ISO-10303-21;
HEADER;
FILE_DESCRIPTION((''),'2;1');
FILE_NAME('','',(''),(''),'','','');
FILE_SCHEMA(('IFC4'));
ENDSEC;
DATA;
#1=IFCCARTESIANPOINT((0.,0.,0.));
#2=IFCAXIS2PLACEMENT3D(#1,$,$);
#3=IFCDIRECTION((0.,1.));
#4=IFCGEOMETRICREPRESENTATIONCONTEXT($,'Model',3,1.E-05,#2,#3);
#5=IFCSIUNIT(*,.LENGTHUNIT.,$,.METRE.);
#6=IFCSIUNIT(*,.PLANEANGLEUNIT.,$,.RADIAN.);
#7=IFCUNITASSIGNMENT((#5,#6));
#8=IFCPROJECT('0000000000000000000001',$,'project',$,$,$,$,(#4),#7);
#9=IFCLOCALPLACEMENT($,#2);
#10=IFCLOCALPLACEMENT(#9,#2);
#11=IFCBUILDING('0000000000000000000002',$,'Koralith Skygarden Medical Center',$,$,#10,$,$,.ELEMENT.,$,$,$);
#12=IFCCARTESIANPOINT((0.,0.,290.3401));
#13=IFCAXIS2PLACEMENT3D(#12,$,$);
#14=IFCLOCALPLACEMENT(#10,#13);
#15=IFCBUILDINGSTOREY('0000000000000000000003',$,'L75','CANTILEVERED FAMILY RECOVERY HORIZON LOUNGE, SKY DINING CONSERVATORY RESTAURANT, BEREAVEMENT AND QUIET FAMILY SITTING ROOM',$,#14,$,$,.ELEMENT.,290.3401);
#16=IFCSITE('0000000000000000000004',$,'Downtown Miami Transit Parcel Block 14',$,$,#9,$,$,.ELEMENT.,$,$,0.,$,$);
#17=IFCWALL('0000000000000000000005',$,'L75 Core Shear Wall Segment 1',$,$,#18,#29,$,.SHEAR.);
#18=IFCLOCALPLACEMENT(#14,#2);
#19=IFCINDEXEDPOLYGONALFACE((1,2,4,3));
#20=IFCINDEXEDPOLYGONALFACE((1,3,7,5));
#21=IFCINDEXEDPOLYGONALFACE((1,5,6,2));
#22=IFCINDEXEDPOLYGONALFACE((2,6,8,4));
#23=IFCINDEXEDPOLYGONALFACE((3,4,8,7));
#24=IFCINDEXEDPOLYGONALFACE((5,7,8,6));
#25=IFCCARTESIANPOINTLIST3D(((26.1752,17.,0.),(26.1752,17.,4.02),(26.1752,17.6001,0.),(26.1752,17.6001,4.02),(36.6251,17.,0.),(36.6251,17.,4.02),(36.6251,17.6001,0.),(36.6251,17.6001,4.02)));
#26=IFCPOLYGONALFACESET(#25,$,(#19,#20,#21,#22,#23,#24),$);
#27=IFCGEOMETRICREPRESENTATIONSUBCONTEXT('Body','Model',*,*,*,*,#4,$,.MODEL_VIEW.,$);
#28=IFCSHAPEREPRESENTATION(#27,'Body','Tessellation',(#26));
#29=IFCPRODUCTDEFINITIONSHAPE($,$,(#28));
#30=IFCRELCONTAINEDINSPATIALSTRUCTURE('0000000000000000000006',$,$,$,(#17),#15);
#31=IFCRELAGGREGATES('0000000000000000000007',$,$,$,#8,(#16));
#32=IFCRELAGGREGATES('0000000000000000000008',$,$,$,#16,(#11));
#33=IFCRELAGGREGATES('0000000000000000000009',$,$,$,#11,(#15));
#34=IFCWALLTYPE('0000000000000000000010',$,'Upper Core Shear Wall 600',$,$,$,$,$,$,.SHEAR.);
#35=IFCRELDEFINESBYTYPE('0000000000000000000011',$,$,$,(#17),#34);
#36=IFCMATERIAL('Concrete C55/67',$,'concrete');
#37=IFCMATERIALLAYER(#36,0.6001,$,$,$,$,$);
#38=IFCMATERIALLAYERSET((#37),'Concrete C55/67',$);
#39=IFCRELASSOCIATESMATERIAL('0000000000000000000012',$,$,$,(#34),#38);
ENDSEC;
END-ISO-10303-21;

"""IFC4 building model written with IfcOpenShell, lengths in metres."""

from ifc_helpers import new_model, si_unit, direction, frame, frame_2d, origin, place, context, subcontext, project, spatial, rectangle, extrude, material, layer, layer_set, type_object, element, save


model = new_model("IFC4")

# Units and contexts
model_context = context("Model", 3, precision=1e-05, world=origin(), true_north=direction((0.0, 1.0)))
body_context = subcontext(model_context, "Body", "Model", "MODEL_VIEW")
ifc_project = project(units=[si_unit("LENGTHUNIT", "METRE"), si_unit("PLANEANGLEUNIT", "RADIAN")], contexts=[model_context])

# Site, building, storey
site_placement = place(None, origin())
site = spatial("IfcSite", under=ifc_project, at=site_placement, Name="Downtown Miami Transit Parcel Block 14", CompositionType="ELEMENT", RefElevation=0.0)
building_placement = place(site_placement, origin())
building = spatial("IfcBuilding", under=site, at=building_placement, Name="Koralith Skygarden Medical Center", CompositionType="ELEMENT")
storey_placement = place(building_placement, frame((0.0, 0.0, 290.3401)))
storey = spatial("IfcBuildingStorey", under=building, at=storey_placement, Name="L75", Description="CANTILEVERED FAMILY RECOVERY HORIZON LOUNGE, SKY DINING CONSERVATORY RESTAURANT, BEREAVEMENT AND QUIET FAMILY SITTING ROOM", CompositionType="ELEMENT", Elevation=290.3401)

# Shared definitions
ifc_material_1 = material(Name="Concrete C55/67", Category="concrete")

# Wall
ifc_layer_1 = layer(ifc_material_1, 0.6001)
ifc_layer_set_1 = layer_set([ifc_layer_1], Name="Concrete C55/67")
wall_type_1 = type_object("IfcWallType", Name="Upper Core Shear Wall 600", PredefinedType="SHEAR", material=ifc_layer_set_1)
wall_1_placement = place(storey_placement, frame((26.175, 17.3, 0.0), z_axis=(0.0, 0.0, 1.0), x_axis=(1.0, 0.0, 0.0)))
element("IfcWall", 1, at=wall_1_placement, inside=storey, type_object=wall_type_1, Name="L75 Core Shear Wall Segment 1", PredefinedType="SHEAR", context=body_context, shape_type="SweptSolid", body=[
    extrude(rectangle(XDim=10.45, YDim=0.6001, at=frame_2d((5.2251, 0.0))), origin(), (0.0, 0.0, 1.0), 4.02),
])

save(model, "model.ifc")
